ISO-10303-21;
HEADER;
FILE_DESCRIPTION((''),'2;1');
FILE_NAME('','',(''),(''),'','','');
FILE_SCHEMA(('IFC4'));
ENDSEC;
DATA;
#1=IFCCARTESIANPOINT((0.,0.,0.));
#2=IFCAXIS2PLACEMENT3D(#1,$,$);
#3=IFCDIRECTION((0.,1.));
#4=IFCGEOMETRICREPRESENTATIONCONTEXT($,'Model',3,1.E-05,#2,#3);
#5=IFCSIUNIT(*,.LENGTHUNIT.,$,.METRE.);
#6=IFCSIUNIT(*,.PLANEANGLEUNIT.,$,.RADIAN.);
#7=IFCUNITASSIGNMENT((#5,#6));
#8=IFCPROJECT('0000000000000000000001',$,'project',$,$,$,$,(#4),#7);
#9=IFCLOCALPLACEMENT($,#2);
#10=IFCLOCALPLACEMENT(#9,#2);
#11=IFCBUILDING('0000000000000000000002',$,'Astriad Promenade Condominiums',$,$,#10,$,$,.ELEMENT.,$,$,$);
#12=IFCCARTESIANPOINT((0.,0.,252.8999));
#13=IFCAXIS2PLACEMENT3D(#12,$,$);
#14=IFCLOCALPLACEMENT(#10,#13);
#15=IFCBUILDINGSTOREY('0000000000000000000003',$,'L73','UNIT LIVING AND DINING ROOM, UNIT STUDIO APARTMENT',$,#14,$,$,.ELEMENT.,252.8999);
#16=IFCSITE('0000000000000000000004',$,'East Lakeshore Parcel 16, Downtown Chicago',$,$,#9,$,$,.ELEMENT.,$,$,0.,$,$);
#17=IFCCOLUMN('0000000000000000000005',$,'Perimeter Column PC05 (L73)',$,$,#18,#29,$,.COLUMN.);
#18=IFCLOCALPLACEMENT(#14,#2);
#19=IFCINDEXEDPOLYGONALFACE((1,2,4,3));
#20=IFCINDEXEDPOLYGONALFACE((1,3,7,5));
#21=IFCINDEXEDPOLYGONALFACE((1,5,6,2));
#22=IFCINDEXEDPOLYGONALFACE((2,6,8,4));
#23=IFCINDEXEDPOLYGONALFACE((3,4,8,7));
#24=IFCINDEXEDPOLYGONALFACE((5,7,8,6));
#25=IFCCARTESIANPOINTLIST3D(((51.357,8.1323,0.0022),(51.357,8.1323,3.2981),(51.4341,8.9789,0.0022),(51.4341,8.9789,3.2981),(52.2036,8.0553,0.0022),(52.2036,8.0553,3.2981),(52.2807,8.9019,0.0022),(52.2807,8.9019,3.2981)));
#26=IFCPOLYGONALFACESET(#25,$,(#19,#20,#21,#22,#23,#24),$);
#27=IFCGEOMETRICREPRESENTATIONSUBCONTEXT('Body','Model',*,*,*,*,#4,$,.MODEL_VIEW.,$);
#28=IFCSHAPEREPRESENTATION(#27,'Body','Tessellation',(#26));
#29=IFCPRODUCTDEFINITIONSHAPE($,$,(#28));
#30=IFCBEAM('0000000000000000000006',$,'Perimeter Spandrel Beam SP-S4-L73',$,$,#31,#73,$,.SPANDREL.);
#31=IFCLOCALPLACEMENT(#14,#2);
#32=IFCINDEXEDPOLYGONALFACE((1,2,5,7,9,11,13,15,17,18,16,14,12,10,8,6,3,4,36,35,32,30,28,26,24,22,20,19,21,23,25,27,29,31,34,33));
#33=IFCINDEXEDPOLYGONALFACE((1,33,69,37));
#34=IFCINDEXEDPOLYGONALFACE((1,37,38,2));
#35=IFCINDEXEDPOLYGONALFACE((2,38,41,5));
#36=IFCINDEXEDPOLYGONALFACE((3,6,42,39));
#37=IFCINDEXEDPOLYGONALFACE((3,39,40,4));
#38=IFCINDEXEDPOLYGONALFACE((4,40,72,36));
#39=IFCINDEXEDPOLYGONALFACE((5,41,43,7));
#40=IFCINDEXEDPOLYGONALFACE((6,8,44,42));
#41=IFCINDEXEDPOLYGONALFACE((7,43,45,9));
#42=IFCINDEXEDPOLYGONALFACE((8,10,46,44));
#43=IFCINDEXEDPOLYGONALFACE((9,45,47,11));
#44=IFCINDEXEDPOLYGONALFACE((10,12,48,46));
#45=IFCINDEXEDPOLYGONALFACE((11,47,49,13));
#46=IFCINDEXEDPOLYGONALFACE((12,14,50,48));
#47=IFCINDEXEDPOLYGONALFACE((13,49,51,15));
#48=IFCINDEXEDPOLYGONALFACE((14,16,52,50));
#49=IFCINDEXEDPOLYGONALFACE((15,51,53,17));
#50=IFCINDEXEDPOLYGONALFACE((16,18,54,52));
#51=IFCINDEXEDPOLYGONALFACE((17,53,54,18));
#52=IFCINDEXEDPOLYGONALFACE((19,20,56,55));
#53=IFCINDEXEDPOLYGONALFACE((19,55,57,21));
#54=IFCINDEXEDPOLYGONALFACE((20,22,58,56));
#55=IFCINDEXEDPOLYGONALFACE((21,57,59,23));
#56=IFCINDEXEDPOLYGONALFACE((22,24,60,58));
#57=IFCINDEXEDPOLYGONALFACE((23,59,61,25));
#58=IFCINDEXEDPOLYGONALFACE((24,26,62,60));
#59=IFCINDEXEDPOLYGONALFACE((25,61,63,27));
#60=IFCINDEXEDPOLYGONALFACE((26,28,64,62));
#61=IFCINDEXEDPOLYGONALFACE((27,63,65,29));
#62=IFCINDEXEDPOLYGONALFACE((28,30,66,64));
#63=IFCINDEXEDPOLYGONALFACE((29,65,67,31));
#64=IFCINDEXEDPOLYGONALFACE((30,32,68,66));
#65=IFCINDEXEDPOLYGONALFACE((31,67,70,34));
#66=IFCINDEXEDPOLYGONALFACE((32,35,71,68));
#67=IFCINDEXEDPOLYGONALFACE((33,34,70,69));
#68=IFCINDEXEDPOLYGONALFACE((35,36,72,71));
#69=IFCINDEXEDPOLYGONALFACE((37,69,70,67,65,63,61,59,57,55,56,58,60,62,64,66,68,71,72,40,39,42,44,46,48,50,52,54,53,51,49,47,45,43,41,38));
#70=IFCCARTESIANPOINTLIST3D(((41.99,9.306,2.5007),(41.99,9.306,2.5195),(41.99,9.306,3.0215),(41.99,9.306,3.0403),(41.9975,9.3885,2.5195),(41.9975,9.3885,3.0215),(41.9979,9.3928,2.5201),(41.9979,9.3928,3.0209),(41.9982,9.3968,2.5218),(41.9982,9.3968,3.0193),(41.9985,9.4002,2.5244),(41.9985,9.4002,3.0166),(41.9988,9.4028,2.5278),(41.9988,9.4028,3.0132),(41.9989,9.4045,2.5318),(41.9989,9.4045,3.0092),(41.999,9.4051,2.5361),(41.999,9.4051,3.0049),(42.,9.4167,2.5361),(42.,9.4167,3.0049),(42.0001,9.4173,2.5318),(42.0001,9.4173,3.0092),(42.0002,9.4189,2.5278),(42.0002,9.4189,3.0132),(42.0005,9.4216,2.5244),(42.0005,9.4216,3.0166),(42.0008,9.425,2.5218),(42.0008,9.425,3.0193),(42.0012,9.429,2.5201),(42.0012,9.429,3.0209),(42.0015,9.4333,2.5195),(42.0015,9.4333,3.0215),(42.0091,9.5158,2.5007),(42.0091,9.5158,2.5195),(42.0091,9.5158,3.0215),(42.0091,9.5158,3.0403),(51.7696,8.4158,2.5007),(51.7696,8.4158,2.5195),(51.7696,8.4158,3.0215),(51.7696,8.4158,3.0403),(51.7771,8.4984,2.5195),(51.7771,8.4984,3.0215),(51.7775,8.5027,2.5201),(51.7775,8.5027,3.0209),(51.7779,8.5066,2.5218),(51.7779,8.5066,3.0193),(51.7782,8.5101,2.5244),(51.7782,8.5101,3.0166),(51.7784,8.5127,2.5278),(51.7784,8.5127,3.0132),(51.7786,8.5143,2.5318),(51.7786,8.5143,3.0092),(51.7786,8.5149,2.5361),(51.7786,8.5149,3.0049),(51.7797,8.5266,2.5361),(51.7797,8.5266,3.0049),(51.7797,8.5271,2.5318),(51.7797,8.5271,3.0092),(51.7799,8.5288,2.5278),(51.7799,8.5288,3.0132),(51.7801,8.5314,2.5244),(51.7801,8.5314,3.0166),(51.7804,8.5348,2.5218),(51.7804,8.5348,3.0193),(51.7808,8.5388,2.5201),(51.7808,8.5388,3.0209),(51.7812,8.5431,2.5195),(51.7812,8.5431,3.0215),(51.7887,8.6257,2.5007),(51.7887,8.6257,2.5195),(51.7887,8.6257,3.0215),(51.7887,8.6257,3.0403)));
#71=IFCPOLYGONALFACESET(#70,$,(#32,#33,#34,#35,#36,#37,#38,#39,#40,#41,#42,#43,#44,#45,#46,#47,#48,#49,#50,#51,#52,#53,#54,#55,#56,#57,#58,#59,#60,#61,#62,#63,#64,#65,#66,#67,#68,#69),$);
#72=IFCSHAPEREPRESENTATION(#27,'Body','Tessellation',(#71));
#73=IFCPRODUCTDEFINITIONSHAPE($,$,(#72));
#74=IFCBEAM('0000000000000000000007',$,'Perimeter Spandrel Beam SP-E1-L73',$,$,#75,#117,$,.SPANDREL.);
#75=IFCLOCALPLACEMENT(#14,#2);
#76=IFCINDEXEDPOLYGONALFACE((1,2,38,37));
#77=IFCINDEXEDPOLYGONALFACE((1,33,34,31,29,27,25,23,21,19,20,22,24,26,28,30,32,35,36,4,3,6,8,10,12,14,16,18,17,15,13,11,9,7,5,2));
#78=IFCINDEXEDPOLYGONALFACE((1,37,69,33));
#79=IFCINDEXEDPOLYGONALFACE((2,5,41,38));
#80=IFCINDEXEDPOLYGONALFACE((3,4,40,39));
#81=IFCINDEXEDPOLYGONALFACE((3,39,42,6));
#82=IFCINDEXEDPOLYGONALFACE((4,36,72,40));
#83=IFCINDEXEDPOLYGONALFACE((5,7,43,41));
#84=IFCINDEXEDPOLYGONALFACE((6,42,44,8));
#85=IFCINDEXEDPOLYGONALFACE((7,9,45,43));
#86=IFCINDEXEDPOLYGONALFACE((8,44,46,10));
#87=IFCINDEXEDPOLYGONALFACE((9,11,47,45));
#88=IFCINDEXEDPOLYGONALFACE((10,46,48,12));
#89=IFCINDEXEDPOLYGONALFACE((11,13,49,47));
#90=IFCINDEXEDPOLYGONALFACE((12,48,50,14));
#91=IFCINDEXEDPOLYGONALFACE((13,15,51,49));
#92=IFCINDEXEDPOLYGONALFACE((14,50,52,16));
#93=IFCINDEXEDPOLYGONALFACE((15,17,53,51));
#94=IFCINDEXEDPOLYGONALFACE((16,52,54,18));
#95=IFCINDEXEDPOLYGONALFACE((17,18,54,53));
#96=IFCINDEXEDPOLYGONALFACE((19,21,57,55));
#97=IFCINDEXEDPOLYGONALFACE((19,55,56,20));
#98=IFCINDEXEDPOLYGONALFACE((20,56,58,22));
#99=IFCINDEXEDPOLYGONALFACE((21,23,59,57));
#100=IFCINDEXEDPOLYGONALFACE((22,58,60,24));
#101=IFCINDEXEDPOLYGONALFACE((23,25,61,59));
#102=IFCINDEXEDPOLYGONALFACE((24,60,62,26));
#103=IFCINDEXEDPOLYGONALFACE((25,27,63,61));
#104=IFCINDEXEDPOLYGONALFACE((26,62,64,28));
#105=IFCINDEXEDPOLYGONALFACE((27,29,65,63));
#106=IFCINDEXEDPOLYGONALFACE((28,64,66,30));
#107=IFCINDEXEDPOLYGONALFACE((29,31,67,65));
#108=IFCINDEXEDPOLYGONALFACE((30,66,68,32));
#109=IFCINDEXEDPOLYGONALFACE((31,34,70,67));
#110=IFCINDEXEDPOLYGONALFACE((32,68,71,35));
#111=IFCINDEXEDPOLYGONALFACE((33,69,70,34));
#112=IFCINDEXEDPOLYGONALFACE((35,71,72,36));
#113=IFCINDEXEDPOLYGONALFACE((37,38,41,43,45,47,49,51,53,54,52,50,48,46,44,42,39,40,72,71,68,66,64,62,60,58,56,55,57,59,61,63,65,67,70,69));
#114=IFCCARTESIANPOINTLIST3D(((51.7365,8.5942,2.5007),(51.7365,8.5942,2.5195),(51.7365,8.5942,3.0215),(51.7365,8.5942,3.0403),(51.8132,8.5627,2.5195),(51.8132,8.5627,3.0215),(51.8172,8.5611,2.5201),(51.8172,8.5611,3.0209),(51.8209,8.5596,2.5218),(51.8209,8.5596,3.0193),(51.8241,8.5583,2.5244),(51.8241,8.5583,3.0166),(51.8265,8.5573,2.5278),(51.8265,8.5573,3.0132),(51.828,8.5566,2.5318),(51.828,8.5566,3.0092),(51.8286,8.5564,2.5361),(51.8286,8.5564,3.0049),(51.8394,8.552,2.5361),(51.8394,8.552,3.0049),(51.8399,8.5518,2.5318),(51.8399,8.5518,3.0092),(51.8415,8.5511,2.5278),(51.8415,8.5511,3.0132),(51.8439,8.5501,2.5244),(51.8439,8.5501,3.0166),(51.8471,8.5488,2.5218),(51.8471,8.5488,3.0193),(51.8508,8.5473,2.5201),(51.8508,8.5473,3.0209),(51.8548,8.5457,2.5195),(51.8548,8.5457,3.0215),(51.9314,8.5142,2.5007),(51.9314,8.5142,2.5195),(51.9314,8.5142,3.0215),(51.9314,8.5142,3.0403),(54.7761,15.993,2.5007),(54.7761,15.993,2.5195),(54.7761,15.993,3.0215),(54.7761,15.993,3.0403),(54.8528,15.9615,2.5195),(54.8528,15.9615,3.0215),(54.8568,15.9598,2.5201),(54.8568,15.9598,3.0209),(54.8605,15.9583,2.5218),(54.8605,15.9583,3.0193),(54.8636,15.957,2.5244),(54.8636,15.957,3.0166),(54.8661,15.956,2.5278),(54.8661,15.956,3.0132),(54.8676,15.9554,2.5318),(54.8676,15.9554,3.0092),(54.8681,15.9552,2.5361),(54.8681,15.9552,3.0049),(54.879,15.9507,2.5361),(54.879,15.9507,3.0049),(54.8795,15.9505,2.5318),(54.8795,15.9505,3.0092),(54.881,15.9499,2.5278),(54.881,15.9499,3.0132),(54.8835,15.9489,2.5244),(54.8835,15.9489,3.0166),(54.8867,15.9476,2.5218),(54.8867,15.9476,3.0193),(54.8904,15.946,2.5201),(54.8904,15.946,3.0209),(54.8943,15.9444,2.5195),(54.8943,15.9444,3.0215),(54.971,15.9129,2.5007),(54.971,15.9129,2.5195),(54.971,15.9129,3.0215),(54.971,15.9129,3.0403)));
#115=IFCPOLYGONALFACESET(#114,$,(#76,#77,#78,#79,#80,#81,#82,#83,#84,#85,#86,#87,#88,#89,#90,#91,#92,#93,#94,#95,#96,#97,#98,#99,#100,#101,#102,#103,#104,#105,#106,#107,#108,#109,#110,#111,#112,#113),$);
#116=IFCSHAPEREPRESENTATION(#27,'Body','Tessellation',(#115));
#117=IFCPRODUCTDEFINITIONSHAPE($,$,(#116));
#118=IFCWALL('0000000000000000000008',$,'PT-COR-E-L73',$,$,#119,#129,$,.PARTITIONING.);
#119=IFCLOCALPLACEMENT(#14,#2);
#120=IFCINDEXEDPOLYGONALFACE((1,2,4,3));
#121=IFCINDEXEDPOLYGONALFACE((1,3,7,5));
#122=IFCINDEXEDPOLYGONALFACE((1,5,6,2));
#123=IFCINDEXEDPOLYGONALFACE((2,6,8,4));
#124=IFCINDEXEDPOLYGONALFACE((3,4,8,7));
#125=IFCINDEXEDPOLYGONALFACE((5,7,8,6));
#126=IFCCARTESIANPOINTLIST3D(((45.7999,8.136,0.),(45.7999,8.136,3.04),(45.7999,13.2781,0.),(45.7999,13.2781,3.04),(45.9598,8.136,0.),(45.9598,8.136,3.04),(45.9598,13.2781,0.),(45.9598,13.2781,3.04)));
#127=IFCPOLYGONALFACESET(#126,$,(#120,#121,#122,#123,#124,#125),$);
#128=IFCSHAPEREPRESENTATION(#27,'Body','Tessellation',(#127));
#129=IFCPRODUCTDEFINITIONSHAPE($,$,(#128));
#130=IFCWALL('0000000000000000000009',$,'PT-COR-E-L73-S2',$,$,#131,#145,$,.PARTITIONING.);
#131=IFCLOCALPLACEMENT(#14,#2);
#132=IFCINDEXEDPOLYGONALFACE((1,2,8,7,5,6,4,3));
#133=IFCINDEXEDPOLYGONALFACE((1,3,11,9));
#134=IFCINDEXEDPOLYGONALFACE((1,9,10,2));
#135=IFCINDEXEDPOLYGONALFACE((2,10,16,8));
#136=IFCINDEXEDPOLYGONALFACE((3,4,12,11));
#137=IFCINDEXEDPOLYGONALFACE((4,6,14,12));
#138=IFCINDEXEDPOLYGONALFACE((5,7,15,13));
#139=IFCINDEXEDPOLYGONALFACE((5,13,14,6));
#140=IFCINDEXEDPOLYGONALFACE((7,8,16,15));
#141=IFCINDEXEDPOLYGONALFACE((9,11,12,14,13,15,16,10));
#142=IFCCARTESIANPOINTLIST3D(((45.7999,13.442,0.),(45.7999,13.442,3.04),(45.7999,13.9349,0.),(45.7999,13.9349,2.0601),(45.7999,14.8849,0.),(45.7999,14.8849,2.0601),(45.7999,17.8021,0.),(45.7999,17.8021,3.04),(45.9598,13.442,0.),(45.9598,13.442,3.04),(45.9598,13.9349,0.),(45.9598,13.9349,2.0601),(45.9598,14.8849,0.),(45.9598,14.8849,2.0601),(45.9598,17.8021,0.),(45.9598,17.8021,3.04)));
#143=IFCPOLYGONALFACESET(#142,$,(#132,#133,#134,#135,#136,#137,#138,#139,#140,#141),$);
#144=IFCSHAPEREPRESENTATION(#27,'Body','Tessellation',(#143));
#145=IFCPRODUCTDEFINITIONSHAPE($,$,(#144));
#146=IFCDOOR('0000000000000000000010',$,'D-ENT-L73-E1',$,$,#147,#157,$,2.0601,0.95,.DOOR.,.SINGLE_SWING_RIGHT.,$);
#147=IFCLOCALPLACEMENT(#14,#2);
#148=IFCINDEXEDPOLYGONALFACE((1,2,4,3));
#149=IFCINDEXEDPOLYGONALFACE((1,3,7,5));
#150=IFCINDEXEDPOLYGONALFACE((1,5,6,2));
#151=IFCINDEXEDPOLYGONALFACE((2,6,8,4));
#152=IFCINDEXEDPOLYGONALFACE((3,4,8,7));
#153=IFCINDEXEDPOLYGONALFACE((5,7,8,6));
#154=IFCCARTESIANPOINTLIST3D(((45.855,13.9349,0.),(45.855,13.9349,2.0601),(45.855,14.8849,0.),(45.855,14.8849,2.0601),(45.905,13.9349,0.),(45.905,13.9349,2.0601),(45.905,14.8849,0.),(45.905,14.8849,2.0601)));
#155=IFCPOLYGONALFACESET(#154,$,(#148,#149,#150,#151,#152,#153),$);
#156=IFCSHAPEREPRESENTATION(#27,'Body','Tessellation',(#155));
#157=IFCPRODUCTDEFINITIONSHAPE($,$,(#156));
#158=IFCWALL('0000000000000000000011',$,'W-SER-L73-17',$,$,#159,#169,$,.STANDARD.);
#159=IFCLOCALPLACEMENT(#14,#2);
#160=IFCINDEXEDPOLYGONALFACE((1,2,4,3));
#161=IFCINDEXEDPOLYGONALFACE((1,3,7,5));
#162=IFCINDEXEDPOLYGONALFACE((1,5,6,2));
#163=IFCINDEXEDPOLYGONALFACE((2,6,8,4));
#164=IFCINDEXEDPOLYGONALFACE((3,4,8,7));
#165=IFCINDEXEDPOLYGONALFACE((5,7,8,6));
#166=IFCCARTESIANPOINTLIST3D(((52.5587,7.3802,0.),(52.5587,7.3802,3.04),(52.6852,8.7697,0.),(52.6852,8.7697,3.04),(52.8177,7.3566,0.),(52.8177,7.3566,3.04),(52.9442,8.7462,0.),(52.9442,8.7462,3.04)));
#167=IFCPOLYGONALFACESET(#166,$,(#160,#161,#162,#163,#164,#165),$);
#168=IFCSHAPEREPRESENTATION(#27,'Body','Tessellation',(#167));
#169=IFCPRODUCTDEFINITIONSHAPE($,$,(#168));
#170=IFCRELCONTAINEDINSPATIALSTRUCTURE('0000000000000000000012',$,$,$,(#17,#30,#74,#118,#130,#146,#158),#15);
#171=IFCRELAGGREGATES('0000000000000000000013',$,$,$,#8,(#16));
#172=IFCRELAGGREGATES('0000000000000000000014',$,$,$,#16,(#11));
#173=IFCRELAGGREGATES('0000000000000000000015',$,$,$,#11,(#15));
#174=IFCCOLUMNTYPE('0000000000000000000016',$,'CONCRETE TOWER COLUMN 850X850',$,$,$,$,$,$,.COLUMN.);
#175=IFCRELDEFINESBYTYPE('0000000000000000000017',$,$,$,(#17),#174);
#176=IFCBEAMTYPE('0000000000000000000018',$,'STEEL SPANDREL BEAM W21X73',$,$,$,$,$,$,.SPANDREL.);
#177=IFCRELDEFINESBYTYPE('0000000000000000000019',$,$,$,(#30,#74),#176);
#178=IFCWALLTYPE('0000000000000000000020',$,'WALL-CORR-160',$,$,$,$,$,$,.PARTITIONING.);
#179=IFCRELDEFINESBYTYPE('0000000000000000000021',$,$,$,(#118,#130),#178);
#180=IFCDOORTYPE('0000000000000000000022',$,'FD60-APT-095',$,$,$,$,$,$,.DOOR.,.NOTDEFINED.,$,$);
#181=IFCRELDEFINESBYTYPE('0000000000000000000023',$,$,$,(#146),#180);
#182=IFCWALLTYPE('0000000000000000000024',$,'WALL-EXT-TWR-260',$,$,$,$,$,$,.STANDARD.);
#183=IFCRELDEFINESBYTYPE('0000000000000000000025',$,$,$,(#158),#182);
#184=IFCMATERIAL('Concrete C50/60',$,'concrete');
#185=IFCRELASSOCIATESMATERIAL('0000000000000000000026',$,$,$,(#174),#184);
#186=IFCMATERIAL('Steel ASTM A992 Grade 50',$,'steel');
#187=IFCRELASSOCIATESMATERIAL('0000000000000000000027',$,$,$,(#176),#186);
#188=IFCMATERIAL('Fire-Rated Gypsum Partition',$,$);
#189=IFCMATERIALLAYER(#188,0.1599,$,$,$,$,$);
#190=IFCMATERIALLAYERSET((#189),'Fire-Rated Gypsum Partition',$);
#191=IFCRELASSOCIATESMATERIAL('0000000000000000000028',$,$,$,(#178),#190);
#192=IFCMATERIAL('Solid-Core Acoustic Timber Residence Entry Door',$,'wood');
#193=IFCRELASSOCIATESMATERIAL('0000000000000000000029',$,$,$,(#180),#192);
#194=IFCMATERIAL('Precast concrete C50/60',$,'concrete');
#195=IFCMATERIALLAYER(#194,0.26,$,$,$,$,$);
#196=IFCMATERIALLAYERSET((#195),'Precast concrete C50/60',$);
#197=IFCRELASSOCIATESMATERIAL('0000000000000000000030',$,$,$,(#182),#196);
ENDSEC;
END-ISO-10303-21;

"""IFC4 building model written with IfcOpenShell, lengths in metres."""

from ifc_helpers import new_model, si_unit, direction, frame, frame_2d, origin, origin_2d, place, context, subcontext, project, spatial, rectangle, i_section, extrude, source, transform, mapped, material, layer, layer_set, material_profile, profile_set, type_object, type_shapes, element, fill, save


model = new_model("IFC4")

# Units and contexts
model_context = context("Model", 3, precision=1e-05, world=origin(), true_north=direction((0.0, 1.0)))
body_context = subcontext(model_context, "Body", "Model", "MODEL_VIEW")
ifc_project = project(units=[si_unit("LENGTHUNIT", "METRE"), si_unit("PLANEANGLEUNIT", "RADIAN")], contexts=[model_context])

# Site, building, storey
site_placement = place(None, origin())
site = spatial("IfcSite", under=ifc_project, at=site_placement, Name="East Lakeshore Parcel 16, Downtown Chicago", CompositionType="ELEMENT", RefElevation=0.0)
building_placement = place(site_placement, origin())
building = spatial("IfcBuilding", under=site, at=building_placement, Name="Astriad Promenade Condominiums", CompositionType="ELEMENT")
storey_placement = place(building_placement, frame((0.0, 0.0, 252.8999)))
storey = spatial("IfcBuildingStorey", under=building, at=storey_placement, Name="L73", Description="UNIT LIVING AND DINING ROOM, UNIT STUDIO APARTMENT", CompositionType="ELEMENT", Elevation=252.8999)

# Column
ifc_material_1 = material(Name="Concrete C50/60", Category="concrete")
ifc_material_profile_1 = material_profile(ifc_material_1, rectangle(XDim=0.8501, YDim=0.8501, at=origin_2d()), Name="RC-COL-850X850")
ifc_profile_set_1 = profile_set([ifc_material_profile_1], Name="Concrete C50/60")
column_type = type_object("IfcColumnType", Name="CONCRETE TOWER COLUMN 850X850", PredefinedType="COLUMN", material=ifc_profile_set_1)
shared_shape_1 = source(origin(), body_context, "Body", "SweptSolid", [
    extrude(rectangle(XDim=0.8501, YDim=0.8501, at=origin_2d()), origin(), (0.0, 0.0, 1.0), 3.2959),
])
type_shapes(column_type, [shared_shape_1])
column_placement = place(storey_placement, frame((51.8188, 8.5171, 0.0022), z_axis=(0.0, 0.0, 1.0), x_axis=(0.995884, -0.090633, 0.0)))
element("IfcColumn", 1, at=column_placement, inside=storey, type_object=column_type, Name="Perimeter Column PC05 (L73)", PredefinedType="COLUMN", context=body_context, shape_type="MappedRepresentation", body=[
    mapped(shared_shape_1, transform((0.0, 0.0, 0.0), scale=1.0)),
])

# Beams
ifc_material_2 = material(Name="Steel ASTM A992 Grade 50", Category="steel")
ifc_material_profile_2 = material_profile(ifc_material_2, i_section(OverallWidth=0.2107, OverallDepth=0.5396, WebThickness=0.0117, FlangeThickness=0.0188, FilletRadius=0.0166, at=origin_2d()), Name="W21X73")
ifc_profile_set_2 = profile_set([ifc_material_profile_2], Name="Steel ASTM A992 Grade 50")
beam_type = type_object("IfcBeamType", Name="STEEL SPANDREL BEAM W21X73", PredefinedType="SPANDREL", material=ifc_profile_set_2)
shared_shape_2 = source(origin(), body_context, "Body", "SweptSolid", [
    extrude(i_section(OverallWidth=0.2107, OverallDepth=0.5396, WebThickness=0.0117, FlangeThickness=0.0188, FilletRadius=0.0166, at=origin_2d()), origin(), (0.0, 0.0, 1.0), 9.8201),
])
beam_1_placement = place(storey_placement, frame((41.9995, 9.4109, 2.7705), z_axis=(0.995883, -0.090646, 0.0), x_axis=(0.090646, 0.995883, 0.0)))
element("IfcBeam", 2, at=beam_1_placement, inside=storey, type_object=beam_type, Name="Perimeter Spandrel Beam SP-S4-L73", PredefinedType="SPANDREL", context=body_context, shape_type="MappedRepresentation", body=[
    mapped(shared_shape_2, transform((0.0, 0.0, 0.0), scale=1.0)),
])
shared_shape_3 = source(origin(), body_context, "Body", "SweptSolid", [
    extrude(i_section(OverallWidth=0.2107, OverallDepth=0.5396, WebThickness=0.0117, FlangeThickness=0.0188, FilletRadius=0.0166, at=origin_2d()), origin(), (0.0, 0.0, 1.0), 7.9988),
])
type_shapes(beam_type, [shared_shape_2, shared_shape_3])
beam_2_placement = place(storey_placement, frame((51.834, 8.5542, 2.7705), z_axis=(0.380005, 0.924984, 0.0), x_axis=(-0.924984, 0.380005, 0.0)))
element("IfcBeam", 3, at=beam_2_placement, inside=storey, type_object=beam_type, Name="Perimeter Spandrel Beam SP-E1-L73", PredefinedType="SPANDREL", context=body_context, shape_type="MappedRepresentation", body=[
    mapped(shared_shape_3, transform((0.0, 0.0, 0.0), scale=1.0)),
])

# Wall
ifc_material_3 = material(Name="Fire-Rated Gypsum Partition")
ifc_layer_1 = layer(ifc_material_3, 0.1599)
ifc_layer_set_1 = layer_set([ifc_layer_1], Name="Fire-Rated Gypsum Partition")
wall_type_1 = type_object("IfcWallType", Name="WALL-CORR-160", PredefinedType="PARTITIONING", material=ifc_layer_set_1)
wall_1_placement = place(storey_placement, frame((45.8799, 8.136, 0.0), z_axis=(0.0, 0.0, 1.0), x_axis=(0.0, 1.0, 0.0)))
element("IfcWall", 4, at=wall_1_placement, inside=storey, type_object=wall_type_1, Name="PT-COR-E-L73", PredefinedType="PARTITIONING", context=body_context, shape_type="SweptSolid", body=[
    extrude(rectangle(XDim=5.1421, YDim=0.1599, at=frame_2d((2.571, 0.0))), origin(), (0.0, 0.0, 1.0), 3.04),
])

# Wall, opening, door
wall_2_placement = place(storey_placement, frame((45.8799, 13.4419, 0.0), z_axis=(0.0, 0.0, 1.0), x_axis=(0.0, 1.0, 0.0)))
wall_2 = element("IfcWall", 5, at=wall_2_placement, inside=storey, type_object=wall_type_1, Name="PT-COR-E-L73-S2", PredefinedType="PARTITIONING", context=body_context, shape_type="SweptSolid", body=[
    extrude(rectangle(XDim=4.3601, YDim=0.1599, at=frame_2d((2.1802, 0.0))), origin(), (0.0, 0.0, 1.0), 3.04),
])
opening_1_placement = place(wall_2_placement, frame((0.4929, 0.0, 0.0)))
opening_1 = element("IfcOpeningElement", 6, at=opening_1_placement, cuts=wall_2, PredefinedType="OPENING", context=body_context, shape_type="SweptSolid", body=[
    extrude(rectangle(XDim=0.95, YDim=2.0601, at=frame_2d((0.4751, 1.03))), frame((0.0, 0.0898, 0.0), z_axis=(0.0, -1.0, 0.0), x_axis=(1.0, 0.0, 0.0)), (0.0, 0.0, 1.0), 0.1799),
])
ifc_material_4 = material(Name="Solid-Core Acoustic Timber Residence Entry Door", Category="wood")
door_type_1 = type_object("IfcDoorType", Name="FD60-APT-095", OperationType="NOTDEFINED", PredefinedType="DOOR", material=ifc_material_4)
shared_shape_4 = source(origin(), body_context, "Body", "SweptSolid", [
    extrude(rectangle(XDim=0.95, YDim=2.0601, at=frame_2d((0.4751, 1.03))), frame((0.0, 0.0249, 0.0), z_axis=(0.0, -1.0, 0.0), x_axis=(1.0, 0.0, 0.0)), (0.0, 0.0, 1.0), 0.05),
])
type_shapes(door_type_1, [shared_shape_4])
door_1_placement = place(opening_1_placement, origin())
door_1 = element("IfcDoor", 7, at=door_1_placement, inside=storey, type_object=door_type_1, Name="D-ENT-L73-E1", OperationType="SINGLE_SWING_RIGHT", OverallHeight=2.0601, OverallWidth=0.95, PredefinedType="DOOR", context=body_context, shape_type="MappedRepresentation", body=[
    mapped(shared_shape_4, transform((0.0, 0.0, 0.0), scale=1.0)),
])
fill(opening_1, door_1)

# Wall
ifc_material_5 = material(Name="Precast concrete C50/60", Category="concrete")
ifc_layer_2 = layer(ifc_material_5, 0.26)
ifc_layer_set_2 = layer_set([ifc_layer_2], Name="Precast concrete C50/60")
wall_type_2 = type_object("IfcWallType", Name="WALL-EXT-TWR-260", PredefinedType="STANDARD", material=ifc_layer_set_2)
wall_3_placement = place(storey_placement, frame((52.8147, 8.7581, 0.0), z_axis=(0.0, 0.0, 1.0), x_axis=(-0.090646, -0.995883, 0.0)))
element("IfcWall", 8, at=wall_3_placement, inside=storey, type_object=wall_type_2, Name="W-SER-L73-17", PredefinedType="STANDARD", context=body_context, shape_type="SweptSolid", body=[
    extrude(rectangle(XDim=1.3953, YDim=0.26, at=frame_2d((0.6978, 0.0))), origin(), (0.0, 0.0, 1.0), 3.04),
])

save(model, "model.ifc")
